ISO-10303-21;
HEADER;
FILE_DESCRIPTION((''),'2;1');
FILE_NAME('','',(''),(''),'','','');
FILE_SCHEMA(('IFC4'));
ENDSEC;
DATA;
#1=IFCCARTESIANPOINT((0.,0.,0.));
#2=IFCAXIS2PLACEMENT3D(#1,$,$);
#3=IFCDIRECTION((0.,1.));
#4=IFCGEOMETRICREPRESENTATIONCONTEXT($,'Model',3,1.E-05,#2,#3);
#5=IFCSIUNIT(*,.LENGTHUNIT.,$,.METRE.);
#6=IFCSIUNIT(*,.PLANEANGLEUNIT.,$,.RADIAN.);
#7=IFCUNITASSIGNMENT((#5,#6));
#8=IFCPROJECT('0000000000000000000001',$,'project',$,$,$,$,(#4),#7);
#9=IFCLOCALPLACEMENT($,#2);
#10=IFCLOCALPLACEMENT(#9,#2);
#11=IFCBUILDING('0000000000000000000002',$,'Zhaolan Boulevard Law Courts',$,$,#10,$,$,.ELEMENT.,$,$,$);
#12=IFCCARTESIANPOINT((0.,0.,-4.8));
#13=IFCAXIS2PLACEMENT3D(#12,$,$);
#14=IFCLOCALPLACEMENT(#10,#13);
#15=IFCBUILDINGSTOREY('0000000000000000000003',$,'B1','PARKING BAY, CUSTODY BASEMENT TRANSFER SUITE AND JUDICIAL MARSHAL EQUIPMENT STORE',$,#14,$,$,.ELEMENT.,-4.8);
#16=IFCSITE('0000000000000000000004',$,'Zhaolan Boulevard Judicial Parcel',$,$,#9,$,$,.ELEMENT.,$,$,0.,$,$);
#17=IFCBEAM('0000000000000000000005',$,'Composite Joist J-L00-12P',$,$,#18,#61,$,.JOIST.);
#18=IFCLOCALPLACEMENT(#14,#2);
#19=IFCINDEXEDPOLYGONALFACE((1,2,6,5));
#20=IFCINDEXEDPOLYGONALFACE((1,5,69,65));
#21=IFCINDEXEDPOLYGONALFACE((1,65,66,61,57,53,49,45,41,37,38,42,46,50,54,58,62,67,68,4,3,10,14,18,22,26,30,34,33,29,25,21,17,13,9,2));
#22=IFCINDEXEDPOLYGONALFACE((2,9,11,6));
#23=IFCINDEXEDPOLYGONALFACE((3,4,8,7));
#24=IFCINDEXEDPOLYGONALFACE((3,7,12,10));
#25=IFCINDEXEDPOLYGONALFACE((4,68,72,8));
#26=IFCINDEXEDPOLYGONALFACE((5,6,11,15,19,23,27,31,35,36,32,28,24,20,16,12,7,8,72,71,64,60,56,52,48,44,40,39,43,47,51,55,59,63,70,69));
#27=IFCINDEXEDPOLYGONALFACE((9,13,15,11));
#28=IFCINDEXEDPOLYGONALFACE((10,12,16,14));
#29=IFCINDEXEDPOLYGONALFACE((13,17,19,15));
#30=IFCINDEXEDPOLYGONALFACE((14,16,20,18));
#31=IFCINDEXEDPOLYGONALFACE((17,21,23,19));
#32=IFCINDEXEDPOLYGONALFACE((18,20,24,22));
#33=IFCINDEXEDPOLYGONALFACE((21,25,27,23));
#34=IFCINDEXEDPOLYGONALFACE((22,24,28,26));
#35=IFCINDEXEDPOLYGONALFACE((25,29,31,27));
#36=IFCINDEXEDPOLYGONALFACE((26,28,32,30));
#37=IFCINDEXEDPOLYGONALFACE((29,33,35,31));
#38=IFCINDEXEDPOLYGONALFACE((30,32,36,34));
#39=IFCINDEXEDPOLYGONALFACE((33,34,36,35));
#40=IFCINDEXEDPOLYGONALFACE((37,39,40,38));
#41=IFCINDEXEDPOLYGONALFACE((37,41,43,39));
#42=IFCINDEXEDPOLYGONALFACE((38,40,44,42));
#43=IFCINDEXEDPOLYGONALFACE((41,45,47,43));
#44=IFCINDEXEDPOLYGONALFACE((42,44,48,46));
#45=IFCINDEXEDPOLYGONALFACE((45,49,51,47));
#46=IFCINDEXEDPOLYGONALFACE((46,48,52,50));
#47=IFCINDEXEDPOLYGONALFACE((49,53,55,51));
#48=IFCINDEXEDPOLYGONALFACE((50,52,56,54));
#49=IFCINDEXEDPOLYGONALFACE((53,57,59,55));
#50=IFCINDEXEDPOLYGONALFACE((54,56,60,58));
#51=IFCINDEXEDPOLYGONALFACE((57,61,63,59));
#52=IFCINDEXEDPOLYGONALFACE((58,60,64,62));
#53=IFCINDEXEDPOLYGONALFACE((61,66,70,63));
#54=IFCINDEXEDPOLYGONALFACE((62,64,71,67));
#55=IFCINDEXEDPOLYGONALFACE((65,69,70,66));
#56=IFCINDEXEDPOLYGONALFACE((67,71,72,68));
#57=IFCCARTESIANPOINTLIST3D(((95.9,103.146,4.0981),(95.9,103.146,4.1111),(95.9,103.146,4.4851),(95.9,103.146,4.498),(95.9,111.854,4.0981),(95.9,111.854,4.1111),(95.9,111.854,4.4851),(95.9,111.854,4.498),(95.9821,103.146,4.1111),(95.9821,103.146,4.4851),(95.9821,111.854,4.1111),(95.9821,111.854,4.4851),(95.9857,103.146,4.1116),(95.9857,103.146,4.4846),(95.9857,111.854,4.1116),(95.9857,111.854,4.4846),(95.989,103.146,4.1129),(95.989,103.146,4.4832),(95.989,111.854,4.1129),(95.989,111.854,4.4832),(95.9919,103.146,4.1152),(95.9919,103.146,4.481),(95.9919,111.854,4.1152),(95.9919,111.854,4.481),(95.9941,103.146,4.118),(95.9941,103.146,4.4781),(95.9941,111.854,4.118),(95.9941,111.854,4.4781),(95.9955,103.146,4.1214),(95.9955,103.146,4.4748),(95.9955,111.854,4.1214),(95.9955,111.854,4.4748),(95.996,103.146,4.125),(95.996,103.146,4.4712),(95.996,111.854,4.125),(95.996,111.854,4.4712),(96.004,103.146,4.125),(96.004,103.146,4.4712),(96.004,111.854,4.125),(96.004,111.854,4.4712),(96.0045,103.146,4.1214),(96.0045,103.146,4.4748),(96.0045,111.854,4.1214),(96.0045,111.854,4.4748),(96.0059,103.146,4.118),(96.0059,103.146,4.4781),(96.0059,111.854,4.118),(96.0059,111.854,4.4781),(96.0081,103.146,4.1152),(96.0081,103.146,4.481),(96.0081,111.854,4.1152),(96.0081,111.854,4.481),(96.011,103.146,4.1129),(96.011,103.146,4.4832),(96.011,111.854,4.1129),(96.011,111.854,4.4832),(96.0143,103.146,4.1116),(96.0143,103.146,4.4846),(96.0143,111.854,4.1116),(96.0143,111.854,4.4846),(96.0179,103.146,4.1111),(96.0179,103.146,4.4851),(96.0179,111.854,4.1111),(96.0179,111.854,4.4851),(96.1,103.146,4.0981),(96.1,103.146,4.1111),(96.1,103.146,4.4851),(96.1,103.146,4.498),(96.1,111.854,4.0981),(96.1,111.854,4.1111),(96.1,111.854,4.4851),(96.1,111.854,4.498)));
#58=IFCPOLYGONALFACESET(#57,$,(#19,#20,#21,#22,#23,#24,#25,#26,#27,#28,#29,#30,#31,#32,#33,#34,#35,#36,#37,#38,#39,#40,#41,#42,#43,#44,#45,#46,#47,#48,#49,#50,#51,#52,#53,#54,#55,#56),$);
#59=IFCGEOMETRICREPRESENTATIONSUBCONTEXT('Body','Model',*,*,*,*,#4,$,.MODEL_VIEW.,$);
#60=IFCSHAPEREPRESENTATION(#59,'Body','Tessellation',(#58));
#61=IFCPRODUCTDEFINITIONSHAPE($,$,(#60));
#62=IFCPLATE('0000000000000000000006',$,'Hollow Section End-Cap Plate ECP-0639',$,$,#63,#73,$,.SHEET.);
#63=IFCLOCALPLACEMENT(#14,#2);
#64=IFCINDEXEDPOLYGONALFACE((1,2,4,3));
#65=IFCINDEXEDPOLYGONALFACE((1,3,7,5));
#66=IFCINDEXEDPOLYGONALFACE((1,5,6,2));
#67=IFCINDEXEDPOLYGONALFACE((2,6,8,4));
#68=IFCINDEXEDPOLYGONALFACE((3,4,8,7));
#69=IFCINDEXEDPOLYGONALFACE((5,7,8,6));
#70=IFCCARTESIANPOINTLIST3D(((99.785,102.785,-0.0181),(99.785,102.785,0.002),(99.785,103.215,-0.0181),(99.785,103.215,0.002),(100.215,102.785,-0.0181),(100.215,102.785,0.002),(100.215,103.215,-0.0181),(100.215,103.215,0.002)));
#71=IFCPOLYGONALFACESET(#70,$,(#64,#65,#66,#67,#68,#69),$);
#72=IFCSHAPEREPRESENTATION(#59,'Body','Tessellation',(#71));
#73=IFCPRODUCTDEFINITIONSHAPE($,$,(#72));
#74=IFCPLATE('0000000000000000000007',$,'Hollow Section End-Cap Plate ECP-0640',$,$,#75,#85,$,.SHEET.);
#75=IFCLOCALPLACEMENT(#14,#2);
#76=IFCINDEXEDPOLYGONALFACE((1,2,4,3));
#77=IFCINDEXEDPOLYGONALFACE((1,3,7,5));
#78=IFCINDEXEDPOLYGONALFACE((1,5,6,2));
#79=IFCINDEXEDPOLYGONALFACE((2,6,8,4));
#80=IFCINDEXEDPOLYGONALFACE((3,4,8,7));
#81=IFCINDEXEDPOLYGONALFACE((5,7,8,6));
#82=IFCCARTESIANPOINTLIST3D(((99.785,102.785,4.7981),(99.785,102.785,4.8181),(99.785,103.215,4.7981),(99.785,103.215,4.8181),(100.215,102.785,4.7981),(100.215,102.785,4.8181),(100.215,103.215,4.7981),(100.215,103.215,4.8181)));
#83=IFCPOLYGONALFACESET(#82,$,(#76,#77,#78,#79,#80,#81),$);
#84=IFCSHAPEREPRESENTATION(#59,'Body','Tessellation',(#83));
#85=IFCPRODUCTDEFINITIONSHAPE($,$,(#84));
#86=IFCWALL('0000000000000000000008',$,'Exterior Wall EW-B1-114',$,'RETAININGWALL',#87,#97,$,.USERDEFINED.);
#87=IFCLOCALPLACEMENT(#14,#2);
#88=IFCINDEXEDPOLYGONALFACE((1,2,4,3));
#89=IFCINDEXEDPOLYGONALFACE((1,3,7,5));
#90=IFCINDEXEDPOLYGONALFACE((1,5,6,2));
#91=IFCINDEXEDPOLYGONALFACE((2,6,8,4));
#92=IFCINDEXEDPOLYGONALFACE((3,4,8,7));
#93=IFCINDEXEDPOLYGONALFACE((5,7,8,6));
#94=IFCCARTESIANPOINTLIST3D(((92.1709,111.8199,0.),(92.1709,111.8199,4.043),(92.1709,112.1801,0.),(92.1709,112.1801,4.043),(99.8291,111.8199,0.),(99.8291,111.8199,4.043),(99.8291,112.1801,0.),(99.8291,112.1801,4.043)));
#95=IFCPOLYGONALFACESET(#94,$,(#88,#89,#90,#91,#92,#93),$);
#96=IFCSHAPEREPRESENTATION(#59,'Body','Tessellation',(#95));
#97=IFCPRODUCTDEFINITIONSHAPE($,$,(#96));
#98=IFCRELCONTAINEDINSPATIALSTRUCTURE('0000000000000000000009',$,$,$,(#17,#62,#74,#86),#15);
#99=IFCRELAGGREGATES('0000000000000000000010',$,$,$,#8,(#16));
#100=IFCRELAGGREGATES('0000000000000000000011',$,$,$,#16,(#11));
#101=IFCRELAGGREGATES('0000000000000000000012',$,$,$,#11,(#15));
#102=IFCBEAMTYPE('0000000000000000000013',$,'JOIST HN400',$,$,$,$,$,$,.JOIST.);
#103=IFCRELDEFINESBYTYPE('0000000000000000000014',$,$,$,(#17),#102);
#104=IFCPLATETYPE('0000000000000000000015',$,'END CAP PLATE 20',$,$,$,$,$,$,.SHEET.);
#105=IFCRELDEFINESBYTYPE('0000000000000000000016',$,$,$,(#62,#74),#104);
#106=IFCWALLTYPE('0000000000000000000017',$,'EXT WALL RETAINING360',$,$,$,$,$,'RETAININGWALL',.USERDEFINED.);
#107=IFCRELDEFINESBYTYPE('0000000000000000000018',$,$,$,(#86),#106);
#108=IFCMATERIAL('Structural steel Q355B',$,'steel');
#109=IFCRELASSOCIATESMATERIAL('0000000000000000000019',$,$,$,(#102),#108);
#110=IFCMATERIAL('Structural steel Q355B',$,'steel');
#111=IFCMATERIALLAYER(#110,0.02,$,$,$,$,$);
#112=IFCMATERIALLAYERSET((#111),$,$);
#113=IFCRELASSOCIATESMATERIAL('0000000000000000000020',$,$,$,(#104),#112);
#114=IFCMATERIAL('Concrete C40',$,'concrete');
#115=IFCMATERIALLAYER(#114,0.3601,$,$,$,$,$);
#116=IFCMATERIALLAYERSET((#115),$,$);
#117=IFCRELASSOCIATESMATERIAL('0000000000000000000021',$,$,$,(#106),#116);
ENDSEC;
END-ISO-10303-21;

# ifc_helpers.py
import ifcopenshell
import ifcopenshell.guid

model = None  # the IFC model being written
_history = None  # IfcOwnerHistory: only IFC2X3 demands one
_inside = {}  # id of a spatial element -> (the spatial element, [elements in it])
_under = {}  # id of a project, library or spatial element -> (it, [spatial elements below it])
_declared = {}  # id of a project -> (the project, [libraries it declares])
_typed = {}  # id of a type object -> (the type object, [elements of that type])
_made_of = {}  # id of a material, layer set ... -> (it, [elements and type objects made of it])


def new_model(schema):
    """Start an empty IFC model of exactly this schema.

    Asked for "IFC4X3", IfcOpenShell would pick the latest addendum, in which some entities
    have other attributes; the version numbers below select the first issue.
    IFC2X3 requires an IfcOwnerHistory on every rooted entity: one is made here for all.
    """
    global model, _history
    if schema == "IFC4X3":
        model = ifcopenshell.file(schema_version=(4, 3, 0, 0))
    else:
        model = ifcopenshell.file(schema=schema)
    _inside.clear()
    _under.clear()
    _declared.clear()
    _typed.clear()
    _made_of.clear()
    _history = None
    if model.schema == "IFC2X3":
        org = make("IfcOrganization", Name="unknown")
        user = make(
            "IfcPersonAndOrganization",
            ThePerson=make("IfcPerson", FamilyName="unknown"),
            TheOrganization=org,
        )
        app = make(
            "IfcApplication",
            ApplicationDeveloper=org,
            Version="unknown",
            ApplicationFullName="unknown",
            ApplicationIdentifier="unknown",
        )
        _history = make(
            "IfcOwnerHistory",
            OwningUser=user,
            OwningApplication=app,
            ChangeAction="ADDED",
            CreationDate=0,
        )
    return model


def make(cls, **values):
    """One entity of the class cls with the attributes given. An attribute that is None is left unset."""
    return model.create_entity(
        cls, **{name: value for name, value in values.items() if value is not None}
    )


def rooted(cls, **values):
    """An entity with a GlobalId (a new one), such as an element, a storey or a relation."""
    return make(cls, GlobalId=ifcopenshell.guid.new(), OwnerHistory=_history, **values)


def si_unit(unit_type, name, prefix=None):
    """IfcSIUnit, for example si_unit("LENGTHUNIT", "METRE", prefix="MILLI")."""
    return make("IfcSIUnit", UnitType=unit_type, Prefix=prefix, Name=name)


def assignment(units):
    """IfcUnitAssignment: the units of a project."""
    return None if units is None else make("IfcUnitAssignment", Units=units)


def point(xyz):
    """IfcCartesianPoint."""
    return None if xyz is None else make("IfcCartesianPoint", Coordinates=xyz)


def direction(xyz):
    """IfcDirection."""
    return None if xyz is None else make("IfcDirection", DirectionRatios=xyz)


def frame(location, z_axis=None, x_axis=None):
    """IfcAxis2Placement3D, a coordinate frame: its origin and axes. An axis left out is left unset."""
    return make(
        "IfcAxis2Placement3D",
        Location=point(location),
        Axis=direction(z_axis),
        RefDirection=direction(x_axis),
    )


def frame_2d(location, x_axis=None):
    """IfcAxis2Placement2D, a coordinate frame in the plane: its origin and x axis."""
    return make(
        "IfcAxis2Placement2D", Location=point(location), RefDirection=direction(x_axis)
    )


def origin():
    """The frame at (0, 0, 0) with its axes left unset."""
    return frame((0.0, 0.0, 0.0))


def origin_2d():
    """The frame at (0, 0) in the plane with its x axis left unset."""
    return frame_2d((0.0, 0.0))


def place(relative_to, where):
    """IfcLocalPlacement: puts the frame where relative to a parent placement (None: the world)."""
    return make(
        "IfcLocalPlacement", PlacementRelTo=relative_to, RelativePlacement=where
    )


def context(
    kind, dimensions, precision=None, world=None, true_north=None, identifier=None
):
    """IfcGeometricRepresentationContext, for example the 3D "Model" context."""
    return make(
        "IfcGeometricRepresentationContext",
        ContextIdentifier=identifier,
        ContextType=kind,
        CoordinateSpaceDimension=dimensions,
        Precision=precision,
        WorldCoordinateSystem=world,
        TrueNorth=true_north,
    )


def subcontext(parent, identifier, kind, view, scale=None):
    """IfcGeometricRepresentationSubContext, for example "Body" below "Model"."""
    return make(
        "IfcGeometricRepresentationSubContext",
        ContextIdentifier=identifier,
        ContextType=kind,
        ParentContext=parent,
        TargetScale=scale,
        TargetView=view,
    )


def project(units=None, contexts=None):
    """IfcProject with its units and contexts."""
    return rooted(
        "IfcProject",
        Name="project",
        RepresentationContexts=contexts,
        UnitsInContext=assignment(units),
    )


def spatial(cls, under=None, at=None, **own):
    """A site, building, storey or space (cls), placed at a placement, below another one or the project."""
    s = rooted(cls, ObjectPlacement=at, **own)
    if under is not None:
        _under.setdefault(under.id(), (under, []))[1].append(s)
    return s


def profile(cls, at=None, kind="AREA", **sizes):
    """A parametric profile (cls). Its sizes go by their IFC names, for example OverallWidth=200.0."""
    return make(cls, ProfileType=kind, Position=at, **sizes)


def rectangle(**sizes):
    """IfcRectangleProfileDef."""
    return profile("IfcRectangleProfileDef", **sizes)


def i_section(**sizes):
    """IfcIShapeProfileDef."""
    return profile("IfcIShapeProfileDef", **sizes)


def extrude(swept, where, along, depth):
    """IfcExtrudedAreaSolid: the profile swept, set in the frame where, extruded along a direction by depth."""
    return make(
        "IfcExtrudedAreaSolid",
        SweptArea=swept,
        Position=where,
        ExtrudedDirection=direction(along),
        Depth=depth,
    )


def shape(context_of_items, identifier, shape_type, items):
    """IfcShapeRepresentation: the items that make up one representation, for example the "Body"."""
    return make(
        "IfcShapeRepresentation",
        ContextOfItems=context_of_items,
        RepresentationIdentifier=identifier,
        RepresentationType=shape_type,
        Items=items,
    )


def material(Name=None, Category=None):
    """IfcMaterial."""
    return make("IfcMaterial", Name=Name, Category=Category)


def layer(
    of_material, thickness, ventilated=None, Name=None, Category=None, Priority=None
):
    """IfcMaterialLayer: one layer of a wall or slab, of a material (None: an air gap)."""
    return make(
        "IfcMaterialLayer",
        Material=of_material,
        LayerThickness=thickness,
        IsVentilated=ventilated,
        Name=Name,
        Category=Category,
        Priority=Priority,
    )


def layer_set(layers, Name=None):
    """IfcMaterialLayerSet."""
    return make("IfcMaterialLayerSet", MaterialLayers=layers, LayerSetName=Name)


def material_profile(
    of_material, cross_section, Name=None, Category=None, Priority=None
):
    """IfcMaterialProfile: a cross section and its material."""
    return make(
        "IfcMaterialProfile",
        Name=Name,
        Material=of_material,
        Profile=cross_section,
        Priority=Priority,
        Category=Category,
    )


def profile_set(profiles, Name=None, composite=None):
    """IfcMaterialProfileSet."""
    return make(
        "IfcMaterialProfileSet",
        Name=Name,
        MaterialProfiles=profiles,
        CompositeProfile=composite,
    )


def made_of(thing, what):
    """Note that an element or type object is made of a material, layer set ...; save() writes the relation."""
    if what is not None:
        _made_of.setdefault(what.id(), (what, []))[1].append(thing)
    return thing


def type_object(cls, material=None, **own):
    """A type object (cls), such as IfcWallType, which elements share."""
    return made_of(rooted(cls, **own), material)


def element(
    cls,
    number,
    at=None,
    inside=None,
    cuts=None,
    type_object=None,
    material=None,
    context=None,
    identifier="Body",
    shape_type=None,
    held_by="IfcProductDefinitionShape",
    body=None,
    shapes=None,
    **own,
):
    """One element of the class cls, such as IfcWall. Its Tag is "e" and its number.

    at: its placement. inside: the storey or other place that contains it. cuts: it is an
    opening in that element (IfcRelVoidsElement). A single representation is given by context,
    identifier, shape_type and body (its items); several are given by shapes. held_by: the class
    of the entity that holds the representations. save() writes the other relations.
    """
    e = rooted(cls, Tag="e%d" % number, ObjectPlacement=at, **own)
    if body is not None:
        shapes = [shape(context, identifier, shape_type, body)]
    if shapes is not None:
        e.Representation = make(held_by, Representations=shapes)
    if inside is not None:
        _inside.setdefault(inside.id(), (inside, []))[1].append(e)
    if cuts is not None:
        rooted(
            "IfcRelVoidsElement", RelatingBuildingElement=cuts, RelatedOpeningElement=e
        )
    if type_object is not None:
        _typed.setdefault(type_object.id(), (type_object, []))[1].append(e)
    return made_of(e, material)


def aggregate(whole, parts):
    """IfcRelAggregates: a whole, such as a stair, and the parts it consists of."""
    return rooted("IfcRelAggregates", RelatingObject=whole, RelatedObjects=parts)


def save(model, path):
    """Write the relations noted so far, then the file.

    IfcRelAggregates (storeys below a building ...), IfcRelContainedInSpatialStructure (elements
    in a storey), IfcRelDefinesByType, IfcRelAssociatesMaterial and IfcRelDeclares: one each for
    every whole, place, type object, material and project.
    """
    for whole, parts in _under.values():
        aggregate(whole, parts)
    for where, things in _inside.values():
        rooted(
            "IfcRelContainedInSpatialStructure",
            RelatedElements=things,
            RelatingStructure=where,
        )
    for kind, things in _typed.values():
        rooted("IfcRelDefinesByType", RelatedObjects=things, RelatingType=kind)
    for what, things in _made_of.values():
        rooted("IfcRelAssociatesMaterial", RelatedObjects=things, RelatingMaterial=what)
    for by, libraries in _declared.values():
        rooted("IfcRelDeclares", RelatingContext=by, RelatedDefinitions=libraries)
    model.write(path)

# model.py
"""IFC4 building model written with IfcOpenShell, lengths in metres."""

from ifc_helpers import new_model, si_unit, direction, frame, frame_2d, origin, origin_2d, place, context, subcontext, project, spatial, rectangle, i_section, extrude, material, layer, layer_set, material_profile, profile_set, type_object, element, save


model = new_model("IFC4")

# Units and contexts
model_context = context("Model", 3, precision=1e-05, world=origin(), true_north=direction((0.0, 1.0)))
body_context = subcontext(model_context, "Body", "Model", "MODEL_VIEW")
ifc_project = project(units=[si_unit("LENGTHUNIT", "METRE"), si_unit("PLANEANGLEUNIT", "RADIAN")], contexts=[model_context])

# Site, building, storey
site_placement = place(None, origin())
site = spatial("IfcSite", under=ifc_project, at=site_placement, Name="Zhaolan Boulevard Judicial Parcel", CompositionType="ELEMENT", RefElevation=0.0)
building_placement = place(site_placement, origin())
building = spatial("IfcBuilding", under=site, at=building_placement, Name="Zhaolan Boulevard Law Courts", CompositionType="ELEMENT")
storey_placement = place(building_placement, frame((0.0, 0.0, -4.8)))
storey = spatial("IfcBuildingStorey", under=building, at=storey_placement, Name="B1", Description="PARKING BAY, CUSTODY BASEMENT TRANSFER SUITE AND JUDICIAL MARSHAL EQUIPMENT STORE", CompositionType="ELEMENT", Elevation=-4.8)

# Beam
ifc_material_1 = material(Name="Structural steel Q355B", Category="steel")
ifc_material_profile_1 = material_profile(ifc_material_1, i_section(OverallWidth=0.2, OverallDepth=0.3999, WebThickness=0.0081, FlangeThickness=0.0129, FilletRadius=0.0139, at=origin_2d()), Name="HN400x200")
ifc_profile_set_1 = profile_set([ifc_material_profile_1], Name="Structural steel Q355B")
beam_type_1 = type_object("IfcBeamType", Name="JOIST HN400", PredefinedType="JOIST", material=ifc_profile_set_1)
beam_1_placement = place(storey_placement, frame((96.0, 103.146, 4.2981), z_axis=(0.0, 1.0, 0.0), x_axis=(-1.0, 0.0, 0.0)))
element("IfcBeam", 1, at=beam_1_placement, inside=storey, type_object=beam_type_1, Name="Composite Joist J-L00-12P", PredefinedType="JOIST", context=body_context, shape_type="SweptSolid", body=[
    extrude(i_section(OverallWidth=0.2, OverallDepth=0.3999, WebThickness=0.0081, FlangeThickness=0.0129, FilletRadius=0.0139, at=origin_2d()), origin(), (0.0, 0.0, 1.0), 8.708),
])

# Plates
ifc_material_2 = material(Name="Structural steel Q355B", Category="steel")
ifc_layer_1 = layer(ifc_material_2, 0.02)
ifc_layer_set_1 = layer_set([ifc_layer_1])
plate_type = type_object("IfcPlateType", Name="END CAP PLATE 20", PredefinedType="SHEET", material=ifc_layer_set_1)
for number, where, z_axis, x_axis, name in (
    (2, (100.0, 103.0, -0.0181), (0.0, 0.0, 1.0), (1.0, 0.0, 0.0), "Hollow Section End-Cap Plate ECP-0639"),
    (3, (100.0, 103.0, 4.7981), (0.0, 0.0, 1.0), (1.0, 0.0, 0.0), "Hollow Section End-Cap Plate ECP-0640"),
):
    element("IfcPlate", number, at=place(storey_placement, frame(where, z_axis=z_axis, x_axis=x_axis)), inside=storey, type_object=plate_type, Name=name, PredefinedType="SHEET", context=body_context, shape_type="SweptSolid", body=[
        extrude(rectangle(XDim=0.4299, YDim=0.4299, at=origin_2d()), origin(), (0.0, 0.0, 1.0), 0.02),
    ])

# Wall
ifc_material_3 = material(Name="Concrete C40", Category="concrete")
ifc_layer_2 = layer(ifc_material_3, 0.3601)
ifc_layer_set_2 = layer_set([ifc_layer_2])
wall_type = type_object("IfcWallType", Name="EXT WALL RETAINING360", ElementType="RETAININGWALL", PredefinedType="USERDEFINED", material=ifc_layer_set_2)
wall_placement = place(storey_placement, frame((99.8291, 112.0, 0.0), z_axis=(0.0, 0.0, 1.0), x_axis=(-1.0, 0.0, 0.0)))
element("IfcWall", 4, at=wall_placement, inside=storey, type_object=wall_type, Name="Exterior Wall EW-B1-114", ObjectType="RETAININGWALL", PredefinedType="USERDEFINED", context=body_context, shape_type="SweptSolid", body=[
    extrude(rectangle(XDim=7.6582, YDim=0.3601, at=frame_2d((3.8291, 0.0))), origin(), (0.0, 0.0, 1.0), 4.043),
])

save(model, "model.ifc")
